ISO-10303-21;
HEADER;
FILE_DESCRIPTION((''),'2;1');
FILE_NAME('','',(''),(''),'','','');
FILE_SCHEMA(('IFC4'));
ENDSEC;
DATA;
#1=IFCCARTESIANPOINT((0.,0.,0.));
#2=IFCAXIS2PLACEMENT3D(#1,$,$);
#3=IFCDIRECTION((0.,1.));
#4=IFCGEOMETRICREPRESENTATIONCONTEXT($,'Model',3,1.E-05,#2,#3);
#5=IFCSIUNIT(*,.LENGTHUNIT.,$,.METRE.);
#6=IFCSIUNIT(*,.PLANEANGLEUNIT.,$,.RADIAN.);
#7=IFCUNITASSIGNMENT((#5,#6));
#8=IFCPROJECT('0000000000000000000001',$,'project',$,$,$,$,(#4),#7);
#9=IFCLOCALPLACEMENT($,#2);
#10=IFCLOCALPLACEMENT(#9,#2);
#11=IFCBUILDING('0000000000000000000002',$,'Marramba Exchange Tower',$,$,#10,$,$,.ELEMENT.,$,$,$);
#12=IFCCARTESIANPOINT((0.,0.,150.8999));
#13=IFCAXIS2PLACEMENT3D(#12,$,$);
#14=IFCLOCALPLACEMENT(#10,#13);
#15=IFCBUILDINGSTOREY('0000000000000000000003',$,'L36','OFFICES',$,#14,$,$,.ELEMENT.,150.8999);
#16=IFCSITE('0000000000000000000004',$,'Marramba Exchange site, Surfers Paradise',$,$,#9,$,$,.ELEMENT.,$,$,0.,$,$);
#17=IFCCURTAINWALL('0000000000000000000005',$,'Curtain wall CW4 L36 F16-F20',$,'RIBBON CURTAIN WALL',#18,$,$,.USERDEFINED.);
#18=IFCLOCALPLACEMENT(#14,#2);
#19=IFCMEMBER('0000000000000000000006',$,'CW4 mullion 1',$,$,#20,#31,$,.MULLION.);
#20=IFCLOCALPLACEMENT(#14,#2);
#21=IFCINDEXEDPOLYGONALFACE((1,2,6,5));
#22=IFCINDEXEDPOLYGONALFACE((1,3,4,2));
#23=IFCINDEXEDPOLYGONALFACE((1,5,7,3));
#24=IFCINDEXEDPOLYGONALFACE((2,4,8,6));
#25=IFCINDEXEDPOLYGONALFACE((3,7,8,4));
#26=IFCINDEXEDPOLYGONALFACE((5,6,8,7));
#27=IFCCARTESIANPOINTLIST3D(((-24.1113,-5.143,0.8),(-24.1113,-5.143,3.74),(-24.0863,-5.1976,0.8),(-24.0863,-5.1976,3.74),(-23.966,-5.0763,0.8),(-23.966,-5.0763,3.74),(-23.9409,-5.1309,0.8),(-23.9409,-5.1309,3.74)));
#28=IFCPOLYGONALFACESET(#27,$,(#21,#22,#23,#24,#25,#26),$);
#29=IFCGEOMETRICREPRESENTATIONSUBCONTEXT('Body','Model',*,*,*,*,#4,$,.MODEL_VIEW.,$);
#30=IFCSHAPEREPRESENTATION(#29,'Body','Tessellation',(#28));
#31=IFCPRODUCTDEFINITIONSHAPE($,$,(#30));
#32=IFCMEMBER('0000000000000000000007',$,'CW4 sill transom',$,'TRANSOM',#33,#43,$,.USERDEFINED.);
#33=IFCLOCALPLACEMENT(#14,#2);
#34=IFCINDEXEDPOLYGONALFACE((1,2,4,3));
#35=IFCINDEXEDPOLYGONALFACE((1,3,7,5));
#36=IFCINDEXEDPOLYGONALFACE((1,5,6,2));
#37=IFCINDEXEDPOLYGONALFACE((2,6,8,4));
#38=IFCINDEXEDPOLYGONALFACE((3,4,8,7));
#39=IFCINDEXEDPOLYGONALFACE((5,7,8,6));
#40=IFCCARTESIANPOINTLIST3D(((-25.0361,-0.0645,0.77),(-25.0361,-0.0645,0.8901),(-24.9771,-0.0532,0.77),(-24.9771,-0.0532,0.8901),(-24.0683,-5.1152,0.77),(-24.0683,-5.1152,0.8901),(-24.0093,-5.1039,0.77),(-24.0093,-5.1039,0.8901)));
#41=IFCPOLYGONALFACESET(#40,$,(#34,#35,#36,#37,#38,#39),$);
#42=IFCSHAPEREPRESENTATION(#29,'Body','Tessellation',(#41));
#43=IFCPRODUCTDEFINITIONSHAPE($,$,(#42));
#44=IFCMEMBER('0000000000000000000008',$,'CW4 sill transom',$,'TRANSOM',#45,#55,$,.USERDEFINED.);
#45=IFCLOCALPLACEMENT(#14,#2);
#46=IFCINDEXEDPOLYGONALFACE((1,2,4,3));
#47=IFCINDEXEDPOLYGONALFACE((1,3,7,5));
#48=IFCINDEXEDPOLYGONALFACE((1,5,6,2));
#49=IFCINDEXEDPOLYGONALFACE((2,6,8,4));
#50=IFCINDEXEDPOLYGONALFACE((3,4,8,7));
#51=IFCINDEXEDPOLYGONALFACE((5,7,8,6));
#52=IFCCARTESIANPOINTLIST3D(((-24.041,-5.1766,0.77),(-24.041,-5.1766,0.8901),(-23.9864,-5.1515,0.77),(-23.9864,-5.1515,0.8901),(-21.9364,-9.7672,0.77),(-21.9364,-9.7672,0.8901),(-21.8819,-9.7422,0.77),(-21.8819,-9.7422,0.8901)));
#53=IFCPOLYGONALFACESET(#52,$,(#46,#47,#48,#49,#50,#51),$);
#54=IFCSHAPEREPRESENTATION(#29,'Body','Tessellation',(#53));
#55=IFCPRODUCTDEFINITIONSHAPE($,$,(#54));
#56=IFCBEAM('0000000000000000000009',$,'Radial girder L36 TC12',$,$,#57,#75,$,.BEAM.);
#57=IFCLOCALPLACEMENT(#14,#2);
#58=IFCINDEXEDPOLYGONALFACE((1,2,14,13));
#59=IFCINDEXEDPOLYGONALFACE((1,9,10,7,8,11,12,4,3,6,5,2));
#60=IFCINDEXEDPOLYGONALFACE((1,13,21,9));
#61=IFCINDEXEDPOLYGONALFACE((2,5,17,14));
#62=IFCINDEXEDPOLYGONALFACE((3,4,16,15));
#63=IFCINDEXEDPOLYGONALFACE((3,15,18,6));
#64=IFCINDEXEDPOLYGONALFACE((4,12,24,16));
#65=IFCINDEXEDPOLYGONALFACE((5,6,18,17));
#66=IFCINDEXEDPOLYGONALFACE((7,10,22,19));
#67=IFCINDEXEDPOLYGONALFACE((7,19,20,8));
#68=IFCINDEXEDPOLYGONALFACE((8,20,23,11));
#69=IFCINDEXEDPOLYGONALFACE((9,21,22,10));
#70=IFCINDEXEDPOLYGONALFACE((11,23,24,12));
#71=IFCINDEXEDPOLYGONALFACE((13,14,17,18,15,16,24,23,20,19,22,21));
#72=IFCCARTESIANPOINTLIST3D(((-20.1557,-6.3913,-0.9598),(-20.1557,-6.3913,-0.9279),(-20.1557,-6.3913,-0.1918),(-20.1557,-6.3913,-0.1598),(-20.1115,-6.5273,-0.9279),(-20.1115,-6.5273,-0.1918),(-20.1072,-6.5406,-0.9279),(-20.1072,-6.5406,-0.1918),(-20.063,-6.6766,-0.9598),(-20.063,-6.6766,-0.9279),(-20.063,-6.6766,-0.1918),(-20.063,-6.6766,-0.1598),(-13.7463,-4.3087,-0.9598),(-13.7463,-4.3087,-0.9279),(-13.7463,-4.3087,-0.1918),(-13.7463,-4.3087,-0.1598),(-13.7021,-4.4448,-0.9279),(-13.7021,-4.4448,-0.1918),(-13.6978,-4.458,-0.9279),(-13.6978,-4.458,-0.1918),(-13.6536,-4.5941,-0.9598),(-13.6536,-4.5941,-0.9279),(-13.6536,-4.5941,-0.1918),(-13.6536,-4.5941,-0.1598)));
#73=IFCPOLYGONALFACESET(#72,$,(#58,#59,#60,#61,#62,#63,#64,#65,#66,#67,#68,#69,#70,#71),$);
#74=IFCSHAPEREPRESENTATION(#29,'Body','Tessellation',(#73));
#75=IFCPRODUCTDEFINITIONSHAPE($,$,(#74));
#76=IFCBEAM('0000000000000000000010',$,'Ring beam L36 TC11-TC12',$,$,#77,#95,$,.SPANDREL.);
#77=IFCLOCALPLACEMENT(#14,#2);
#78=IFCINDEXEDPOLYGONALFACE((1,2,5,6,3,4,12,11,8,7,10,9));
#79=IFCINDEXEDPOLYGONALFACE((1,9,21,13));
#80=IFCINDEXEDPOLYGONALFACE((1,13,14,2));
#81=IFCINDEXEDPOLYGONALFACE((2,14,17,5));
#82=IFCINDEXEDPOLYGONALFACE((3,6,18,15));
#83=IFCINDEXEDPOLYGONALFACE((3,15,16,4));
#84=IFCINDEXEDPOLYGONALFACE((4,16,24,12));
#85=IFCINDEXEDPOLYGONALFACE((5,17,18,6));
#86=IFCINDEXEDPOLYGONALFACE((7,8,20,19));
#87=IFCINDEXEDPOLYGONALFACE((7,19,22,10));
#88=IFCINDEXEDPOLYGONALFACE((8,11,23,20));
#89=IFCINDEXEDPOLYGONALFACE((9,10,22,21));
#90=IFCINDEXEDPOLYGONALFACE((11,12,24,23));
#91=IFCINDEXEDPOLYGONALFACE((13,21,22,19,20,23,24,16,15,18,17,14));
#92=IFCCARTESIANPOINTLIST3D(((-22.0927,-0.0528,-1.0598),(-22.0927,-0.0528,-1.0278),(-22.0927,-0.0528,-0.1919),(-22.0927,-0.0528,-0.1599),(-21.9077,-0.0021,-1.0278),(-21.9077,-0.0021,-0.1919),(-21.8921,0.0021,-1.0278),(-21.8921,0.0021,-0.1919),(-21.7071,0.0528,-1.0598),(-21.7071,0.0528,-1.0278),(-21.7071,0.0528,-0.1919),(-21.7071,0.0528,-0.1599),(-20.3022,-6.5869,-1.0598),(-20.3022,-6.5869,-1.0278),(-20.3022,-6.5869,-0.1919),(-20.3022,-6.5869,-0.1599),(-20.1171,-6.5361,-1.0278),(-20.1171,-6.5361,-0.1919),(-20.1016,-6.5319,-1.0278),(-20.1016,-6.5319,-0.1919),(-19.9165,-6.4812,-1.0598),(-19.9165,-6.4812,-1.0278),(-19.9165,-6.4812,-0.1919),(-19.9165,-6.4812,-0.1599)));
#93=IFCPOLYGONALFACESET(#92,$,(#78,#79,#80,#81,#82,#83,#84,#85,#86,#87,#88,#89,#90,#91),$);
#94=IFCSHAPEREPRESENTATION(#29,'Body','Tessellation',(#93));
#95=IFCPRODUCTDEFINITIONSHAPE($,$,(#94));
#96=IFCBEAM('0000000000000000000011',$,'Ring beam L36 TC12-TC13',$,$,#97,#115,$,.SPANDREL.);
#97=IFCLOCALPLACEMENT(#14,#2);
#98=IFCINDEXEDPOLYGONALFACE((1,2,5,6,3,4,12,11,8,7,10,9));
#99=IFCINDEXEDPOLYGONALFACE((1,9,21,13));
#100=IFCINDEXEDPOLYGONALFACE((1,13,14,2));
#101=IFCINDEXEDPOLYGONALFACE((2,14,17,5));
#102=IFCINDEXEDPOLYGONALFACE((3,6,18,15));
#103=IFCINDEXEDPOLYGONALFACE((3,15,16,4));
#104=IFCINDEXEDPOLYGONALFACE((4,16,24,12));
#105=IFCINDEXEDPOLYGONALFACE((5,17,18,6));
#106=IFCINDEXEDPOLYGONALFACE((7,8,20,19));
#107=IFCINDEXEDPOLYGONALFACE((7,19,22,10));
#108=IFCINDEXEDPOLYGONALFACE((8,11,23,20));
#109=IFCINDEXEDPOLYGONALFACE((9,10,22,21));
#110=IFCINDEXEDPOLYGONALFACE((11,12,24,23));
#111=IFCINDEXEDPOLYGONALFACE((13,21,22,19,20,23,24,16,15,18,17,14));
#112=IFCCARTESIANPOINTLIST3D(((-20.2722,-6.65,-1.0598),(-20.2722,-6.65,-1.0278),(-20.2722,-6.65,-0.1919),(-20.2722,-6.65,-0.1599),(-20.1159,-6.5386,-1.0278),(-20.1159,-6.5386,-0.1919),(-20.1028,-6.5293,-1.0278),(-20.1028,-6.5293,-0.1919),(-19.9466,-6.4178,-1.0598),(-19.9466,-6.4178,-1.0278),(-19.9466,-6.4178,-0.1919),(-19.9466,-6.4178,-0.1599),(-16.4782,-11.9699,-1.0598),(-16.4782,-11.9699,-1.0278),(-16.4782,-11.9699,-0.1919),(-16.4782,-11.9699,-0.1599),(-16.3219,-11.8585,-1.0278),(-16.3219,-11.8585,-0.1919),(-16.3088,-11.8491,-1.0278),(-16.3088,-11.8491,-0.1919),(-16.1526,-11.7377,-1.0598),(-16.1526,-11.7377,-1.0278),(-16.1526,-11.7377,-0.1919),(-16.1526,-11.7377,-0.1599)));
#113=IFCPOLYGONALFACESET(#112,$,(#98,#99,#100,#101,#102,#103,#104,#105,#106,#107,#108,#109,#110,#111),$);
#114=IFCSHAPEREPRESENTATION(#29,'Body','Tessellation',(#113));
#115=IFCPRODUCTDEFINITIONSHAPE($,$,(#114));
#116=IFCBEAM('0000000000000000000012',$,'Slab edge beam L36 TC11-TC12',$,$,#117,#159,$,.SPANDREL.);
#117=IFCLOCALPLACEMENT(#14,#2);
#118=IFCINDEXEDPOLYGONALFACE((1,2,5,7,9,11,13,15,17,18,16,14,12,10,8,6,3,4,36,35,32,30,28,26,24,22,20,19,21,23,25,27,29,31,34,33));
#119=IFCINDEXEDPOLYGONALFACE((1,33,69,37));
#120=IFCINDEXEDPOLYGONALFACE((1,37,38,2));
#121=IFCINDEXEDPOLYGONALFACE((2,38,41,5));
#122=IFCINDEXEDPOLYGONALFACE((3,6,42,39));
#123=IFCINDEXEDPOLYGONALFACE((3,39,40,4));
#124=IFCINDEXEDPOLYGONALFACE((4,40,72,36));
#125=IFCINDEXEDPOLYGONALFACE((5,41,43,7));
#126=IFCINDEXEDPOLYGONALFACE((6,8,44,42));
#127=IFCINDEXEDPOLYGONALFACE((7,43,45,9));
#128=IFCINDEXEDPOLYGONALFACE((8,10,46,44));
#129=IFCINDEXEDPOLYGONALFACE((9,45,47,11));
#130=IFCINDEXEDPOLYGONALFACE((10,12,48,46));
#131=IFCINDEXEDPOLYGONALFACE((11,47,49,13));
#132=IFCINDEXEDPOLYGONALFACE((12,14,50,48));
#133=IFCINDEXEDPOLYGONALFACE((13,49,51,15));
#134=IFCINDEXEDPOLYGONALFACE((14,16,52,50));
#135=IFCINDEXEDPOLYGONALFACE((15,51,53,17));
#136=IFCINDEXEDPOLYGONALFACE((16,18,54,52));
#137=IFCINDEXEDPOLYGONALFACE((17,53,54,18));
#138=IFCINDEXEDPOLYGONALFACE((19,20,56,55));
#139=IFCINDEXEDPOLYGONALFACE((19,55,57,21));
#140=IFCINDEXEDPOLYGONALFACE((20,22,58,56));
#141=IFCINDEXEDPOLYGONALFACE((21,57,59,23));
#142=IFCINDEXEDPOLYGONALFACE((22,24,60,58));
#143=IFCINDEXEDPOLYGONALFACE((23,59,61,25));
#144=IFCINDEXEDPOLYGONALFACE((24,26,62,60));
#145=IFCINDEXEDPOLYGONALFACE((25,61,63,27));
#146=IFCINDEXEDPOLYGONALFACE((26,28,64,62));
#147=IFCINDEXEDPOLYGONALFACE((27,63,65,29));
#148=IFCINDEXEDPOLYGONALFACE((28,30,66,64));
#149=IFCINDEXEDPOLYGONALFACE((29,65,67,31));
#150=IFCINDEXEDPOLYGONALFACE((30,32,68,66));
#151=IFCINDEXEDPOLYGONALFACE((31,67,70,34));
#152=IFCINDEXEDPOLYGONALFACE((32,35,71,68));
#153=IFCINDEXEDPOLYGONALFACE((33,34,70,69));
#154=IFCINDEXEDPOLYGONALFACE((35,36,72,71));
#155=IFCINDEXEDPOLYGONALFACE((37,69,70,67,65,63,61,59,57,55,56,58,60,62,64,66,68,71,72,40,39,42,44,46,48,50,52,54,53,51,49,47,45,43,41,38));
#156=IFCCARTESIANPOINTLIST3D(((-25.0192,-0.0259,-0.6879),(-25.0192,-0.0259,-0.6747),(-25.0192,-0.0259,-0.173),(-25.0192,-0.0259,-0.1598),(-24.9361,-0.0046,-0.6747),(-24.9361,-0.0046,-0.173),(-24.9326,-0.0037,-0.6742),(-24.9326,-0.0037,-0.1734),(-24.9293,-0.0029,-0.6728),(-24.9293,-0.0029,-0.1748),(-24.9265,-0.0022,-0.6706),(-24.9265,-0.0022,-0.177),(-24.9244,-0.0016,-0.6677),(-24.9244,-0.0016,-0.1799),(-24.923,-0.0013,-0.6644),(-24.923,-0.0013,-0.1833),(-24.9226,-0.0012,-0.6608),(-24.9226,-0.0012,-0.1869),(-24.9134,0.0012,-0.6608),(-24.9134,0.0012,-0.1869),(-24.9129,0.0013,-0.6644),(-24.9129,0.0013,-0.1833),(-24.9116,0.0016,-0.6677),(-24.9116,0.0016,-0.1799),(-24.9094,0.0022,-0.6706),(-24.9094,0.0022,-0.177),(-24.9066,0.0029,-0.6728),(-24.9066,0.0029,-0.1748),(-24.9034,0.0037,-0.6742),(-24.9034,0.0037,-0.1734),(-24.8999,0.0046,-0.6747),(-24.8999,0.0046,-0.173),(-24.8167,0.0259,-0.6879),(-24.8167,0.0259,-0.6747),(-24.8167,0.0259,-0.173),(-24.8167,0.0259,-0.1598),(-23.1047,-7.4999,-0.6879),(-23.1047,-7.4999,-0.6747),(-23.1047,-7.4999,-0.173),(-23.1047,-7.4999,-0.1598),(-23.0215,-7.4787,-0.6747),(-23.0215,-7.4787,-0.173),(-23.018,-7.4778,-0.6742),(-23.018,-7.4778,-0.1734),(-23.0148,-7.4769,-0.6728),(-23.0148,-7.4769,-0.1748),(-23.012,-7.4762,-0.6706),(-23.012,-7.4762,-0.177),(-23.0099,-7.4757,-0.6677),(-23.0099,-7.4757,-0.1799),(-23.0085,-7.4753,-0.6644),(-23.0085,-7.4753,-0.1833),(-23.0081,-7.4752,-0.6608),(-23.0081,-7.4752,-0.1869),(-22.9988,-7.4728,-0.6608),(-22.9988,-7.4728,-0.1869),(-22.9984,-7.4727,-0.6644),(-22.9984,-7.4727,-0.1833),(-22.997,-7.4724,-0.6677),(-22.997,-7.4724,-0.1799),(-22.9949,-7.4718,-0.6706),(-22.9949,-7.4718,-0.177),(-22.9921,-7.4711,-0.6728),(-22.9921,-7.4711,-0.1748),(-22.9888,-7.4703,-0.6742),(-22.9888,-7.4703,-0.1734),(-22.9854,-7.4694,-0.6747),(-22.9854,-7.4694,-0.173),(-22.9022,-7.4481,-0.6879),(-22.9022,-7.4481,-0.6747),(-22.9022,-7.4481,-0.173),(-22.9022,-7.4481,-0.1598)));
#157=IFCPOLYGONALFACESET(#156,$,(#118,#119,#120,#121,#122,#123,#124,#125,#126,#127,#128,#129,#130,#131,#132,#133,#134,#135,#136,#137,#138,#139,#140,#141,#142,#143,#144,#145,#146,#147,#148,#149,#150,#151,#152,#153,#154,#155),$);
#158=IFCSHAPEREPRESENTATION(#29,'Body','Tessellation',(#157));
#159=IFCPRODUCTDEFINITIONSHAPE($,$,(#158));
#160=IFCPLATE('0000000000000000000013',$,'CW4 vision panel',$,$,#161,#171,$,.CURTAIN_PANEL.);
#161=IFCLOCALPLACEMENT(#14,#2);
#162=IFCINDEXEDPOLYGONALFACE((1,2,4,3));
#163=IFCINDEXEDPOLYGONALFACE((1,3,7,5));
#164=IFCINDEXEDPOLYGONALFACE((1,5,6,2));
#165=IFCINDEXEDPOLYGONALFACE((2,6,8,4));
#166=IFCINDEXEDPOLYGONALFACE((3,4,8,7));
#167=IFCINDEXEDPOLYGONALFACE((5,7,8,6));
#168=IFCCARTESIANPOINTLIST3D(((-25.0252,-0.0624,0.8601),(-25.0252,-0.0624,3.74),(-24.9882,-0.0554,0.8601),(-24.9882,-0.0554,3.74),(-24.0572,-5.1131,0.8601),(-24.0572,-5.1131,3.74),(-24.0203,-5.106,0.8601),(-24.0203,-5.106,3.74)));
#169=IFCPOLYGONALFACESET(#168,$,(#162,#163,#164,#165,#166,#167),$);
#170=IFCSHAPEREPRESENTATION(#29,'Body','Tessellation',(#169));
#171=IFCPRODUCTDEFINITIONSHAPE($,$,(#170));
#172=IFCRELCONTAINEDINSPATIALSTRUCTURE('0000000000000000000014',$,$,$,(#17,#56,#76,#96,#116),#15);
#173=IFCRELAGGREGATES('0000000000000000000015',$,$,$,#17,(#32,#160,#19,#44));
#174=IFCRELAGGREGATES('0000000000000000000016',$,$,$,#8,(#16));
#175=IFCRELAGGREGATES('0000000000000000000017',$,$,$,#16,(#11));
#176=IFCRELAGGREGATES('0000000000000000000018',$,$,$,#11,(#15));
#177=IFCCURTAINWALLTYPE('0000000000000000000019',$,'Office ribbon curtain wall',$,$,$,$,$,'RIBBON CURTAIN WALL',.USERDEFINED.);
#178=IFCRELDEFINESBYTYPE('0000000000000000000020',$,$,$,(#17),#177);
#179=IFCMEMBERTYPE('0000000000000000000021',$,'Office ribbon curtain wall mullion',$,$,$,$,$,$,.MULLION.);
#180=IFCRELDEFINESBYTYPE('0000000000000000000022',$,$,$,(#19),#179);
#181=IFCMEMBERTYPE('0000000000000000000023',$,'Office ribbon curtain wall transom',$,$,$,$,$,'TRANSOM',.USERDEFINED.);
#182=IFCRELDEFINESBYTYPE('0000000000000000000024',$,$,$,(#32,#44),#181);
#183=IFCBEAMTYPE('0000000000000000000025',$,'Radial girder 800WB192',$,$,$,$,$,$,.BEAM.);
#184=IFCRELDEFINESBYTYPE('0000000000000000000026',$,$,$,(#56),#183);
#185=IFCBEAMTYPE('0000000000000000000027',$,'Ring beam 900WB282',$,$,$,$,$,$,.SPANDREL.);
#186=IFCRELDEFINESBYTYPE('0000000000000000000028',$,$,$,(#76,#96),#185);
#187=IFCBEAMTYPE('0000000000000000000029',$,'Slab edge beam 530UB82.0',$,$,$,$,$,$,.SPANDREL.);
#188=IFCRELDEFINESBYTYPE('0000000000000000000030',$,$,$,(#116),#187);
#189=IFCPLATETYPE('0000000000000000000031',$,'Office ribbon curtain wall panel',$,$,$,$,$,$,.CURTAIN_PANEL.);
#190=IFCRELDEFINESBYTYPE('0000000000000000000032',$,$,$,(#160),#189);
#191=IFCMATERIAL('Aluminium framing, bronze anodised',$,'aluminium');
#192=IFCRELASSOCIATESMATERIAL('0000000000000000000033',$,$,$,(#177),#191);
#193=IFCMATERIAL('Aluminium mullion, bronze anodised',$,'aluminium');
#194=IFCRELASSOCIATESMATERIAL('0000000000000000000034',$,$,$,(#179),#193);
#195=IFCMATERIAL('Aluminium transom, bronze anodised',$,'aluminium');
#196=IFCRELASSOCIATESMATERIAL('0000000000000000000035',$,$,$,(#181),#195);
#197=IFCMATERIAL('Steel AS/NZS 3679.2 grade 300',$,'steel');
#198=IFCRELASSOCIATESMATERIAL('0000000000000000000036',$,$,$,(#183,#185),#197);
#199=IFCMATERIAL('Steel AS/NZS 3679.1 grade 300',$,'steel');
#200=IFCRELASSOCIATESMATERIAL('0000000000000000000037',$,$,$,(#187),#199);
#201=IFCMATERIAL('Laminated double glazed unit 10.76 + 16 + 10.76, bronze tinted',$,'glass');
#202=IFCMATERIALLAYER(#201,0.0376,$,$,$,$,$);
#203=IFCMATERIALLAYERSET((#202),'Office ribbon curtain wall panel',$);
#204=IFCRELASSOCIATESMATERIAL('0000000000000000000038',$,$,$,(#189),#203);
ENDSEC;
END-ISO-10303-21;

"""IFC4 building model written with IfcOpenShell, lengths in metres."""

from ifc_helpers import new_model, si_unit, direction, frame, origin, origin_2d, place, context, subcontext, project, spatial, rectangle, i_section, extrude, material, layer, layer_set, material_profile, profile_set, type_object, element, aggregate, save


model = new_model("IFC4")

# Units and contexts
model_context = context("Model", 3, precision=1e-05, world=origin(), true_north=direction((0.0, 1.0)))
body_context = subcontext(model_context, "Body", "Model", "MODEL_VIEW")
ifc_project = project(units=[si_unit("LENGTHUNIT", "METRE"), si_unit("PLANEANGLEUNIT", "RADIAN")], contexts=[model_context])

# Site, building, storey
site_placement = place(None, origin())
site = spatial("IfcSite", under=ifc_project, at=site_placement, Name="Marramba Exchange site, Surfers Paradise", CompositionType="ELEMENT", RefElevation=0.0)
building_placement = place(site_placement, origin())
building = spatial("IfcBuilding", under=site, at=building_placement, Name="Marramba Exchange Tower", CompositionType="ELEMENT")
storey_placement = place(building_placement, frame((0.0, 0.0, 150.8999)))
storey = spatial("IfcBuildingStorey", under=building, at=storey_placement, Name="L36", Description="OFFICES", CompositionType="ELEMENT", Elevation=150.8999)

# Shared definitions
ifc_material_1 = material(Name="Steel AS/NZS 3679.2 grade 300", Category="steel")
ifc_material_2 = material(Name="Steel AS/NZS 3679.1 grade 300", Category="steel")

# Curtain wall, members
ifc_material_3 = material(Name="Aluminium framing, bronze anodised", Category="aluminium")
curtain_wall_type = type_object("IfcCurtainWallType", Name="Office ribbon curtain wall", ElementType="RIBBON CURTAIN WALL", PredefinedType="USERDEFINED", material=ifc_material_3)
curtain_wall_placement = place(storey_placement, origin())
curtain_wall = element("IfcCurtainWall", 1, at=curtain_wall_placement, inside=storey, type_object=curtain_wall_type, Name="Curtain wall CW4 L36 F16-F20", ObjectType="RIBBON CURTAIN WALL", PredefinedType="USERDEFINED")
ifc_material_4 = material(Name="Aluminium mullion, bronze anodised", Category="aluminium")
ifc_material_profile_1 = material_profile(ifc_material_4, rectangle(XDim=0.1599, YDim=0.0601, at=origin_2d()), Name="CW4 mullion 60x160")
ifc_profile_set_1 = profile_set([ifc_material_profile_1], Name="Aluminium mullion, bronze anodised")
member_type_1 = type_object("IfcMemberType", Name="Office ribbon curtain wall mullion", PredefinedType="MULLION", material=ifc_profile_set_1)
member_1_placement = place(storey_placement, frame((-24.0261, -5.137, 0.8), z_axis=(0.0, 0.0, 1.0), x_axis=(0.909027, 0.416738, 0.0)))
member_1 = element("IfcMember", 2, at=member_1_placement, type_object=member_type_1, Name="CW4 mullion 1", PredefinedType="MULLION", context=body_context, shape_type="SweptSolid", body=[
    extrude(rectangle(XDim=0.1599, YDim=0.0601, at=origin_2d()), origin(), (0.0, 0.0, 1.0), 2.9399),
])
ifc_material_5 = material(Name="Aluminium transom, bronze anodised", Category="aluminium")
ifc_material_profile_2 = material_profile(ifc_material_5, rectangle(XDim=0.0601, YDim=0.1201, at=origin_2d()), Name="CW4 transom 60x120")
ifc_profile_set_2 = profile_set([ifc_material_profile_2], Name="Aluminium transom, bronze anodised")
member_type_2 = type_object("IfcMemberType", Name="Office ribbon curtain wall transom", ElementType="TRANSOM", PredefinedType="USERDEFINED", material=ifc_profile_set_2)
member_2_placement = place(storey_placement, frame((-25.0066, -0.0588, 0.8301), z_axis=(0.188185, -0.982134, 0.0), x_axis=(0.982134, 0.188185, 0.0)))
member_2 = element("IfcMember", 3, at=member_2_placement, type_object=member_type_2, Name="CW4 sill transom", ObjectType="TRANSOM", PredefinedType="USERDEFINED", context=body_context, shape_type="SweptSolid", body=[
    extrude(rectangle(XDim=0.0601, YDim=0.1201, at=origin_2d()), origin(), (0.0, 0.0, 1.0), 5.1426),
])
member_3_placement = place(storey_placement, frame((-24.0137, -5.1641, 0.8301), z_axis=(0.416733, -0.909029, 0.0), x_axis=(0.909029, 0.416733, 0.0)))
member_3 = element("IfcMember", 4, at=member_3_placement, type_object=member_type_2, Name="CW4 sill transom", ObjectType="TRANSOM", PredefinedType="USERDEFINED", context=body_context, shape_type="SweptSolid", body=[
    extrude(rectangle(XDim=0.0601, YDim=0.1201, at=origin_2d()), origin(), (0.0, 0.0, 1.0), 5.05),
])

# Beams
ifc_material_profile_3 = material_profile(ifc_material_1, i_section(OverallWidth=0.3, OverallDepth=0.8, WebThickness=0.0139, FlangeThickness=0.032, at=origin_2d()), Name="800WB192")
ifc_profile_set_3 = profile_set([ifc_material_profile_3], Name="Steel AS/NZS 3679.2 grade 300")
beam_type_1 = type_object("IfcBeamType", Name="Radial girder 800WB192", PredefinedType="BEAM", material=ifc_profile_set_3)
beam_1_placement = place(storey_placement, frame((-13.7, -4.4514, -0.5598), z_axis=(-0.951058, -0.309013, 0.0), x_axis=(0.309013, -0.951058, 0.0)))
element("IfcBeam", 5, at=beam_1_placement, inside=storey, type_object=beam_type_1, Name="Radial girder L36 TC12", PredefinedType="BEAM", context=body_context, shape_type="SweptSolid", body=[
    extrude(i_section(OverallWidth=0.3, OverallDepth=0.8, WebThickness=0.0139, FlangeThickness=0.032, at=origin_2d()), origin(), (0.0, 0.0, 1.0), 6.7393),
])
ifc_material_profile_4 = material_profile(ifc_material_1, i_section(OverallWidth=0.3999, OverallDepth=0.8999, WebThickness=0.0161, FlangeThickness=0.032, at=origin_2d()), Name="900WB282")
ifc_profile_set_4 = profile_set([ifc_material_profile_4], Name="Steel AS/NZS 3679.2 grade 300")
beam_type_2 = type_object("IfcBeamType", Name="Ring beam 900WB282", PredefinedType="SPANDREL", material=ifc_profile_set_4)
beam_2_placement = place(storey_placement, frame((-21.8999, 0.0, -0.6099), z_axis=(0.264291, -0.964443, 0.0), x_axis=(0.964443, 0.264291, 0.0)))
element("IfcBeam", 6, at=beam_2_placement, inside=storey, type_object=beam_type_2, Name="Ring beam L36 TC11-TC12", PredefinedType="SPANDREL", context=body_context, shape_type="SweptSolid", body=[
    extrude(i_section(OverallWidth=0.3999, OverallDepth=0.8999, WebThickness=0.0161, FlangeThickness=0.032, at=origin_2d()), origin(), (0.0, 0.0, 1.0), 6.7749),
])
beam_3_placement = place(storey_placement, frame((-20.1094, -6.5339, -0.6099), z_axis=(0.580637, -0.814162, 0.0), x_axis=(0.814162, 0.580637, 0.0)))
element("IfcBeam", 7, at=beam_3_placement, inside=storey, type_object=beam_type_2, Name="Ring beam L36 TC12-TC13", PredefinedType="SPANDREL", context=body_context, shape_type="SweptSolid", body=[
    extrude(i_section(OverallWidth=0.3999, OverallDepth=0.8999, WebThickness=0.0161, FlangeThickness=0.032, at=origin_2d()), origin(), (0.0, 0.0, 1.0), 6.5342),
])
ifc_material_profile_5 = material_profile(ifc_material_2, i_section(OverallWidth=0.209, OverallDepth=0.5281, WebThickness=0.0095, FlangeThickness=0.0132, FilletRadius=0.0139, at=origin_2d()), Name="530UB82.0")
ifc_profile_set_5 = profile_set([ifc_material_profile_5], Name="Steel AS/NZS 3679.1 grade 300")
beam_type_3 = type_object("IfcBeamType", Name="Slab edge beam 530UB82.0", PredefinedType="SPANDREL", material=ifc_profile_set_5)
beam_4_placement = place(storey_placement, frame((-24.918, 0.0, -0.4238), z_axis=(0.248145, -0.968723, 0.0), x_axis=(0.968723, 0.248145, 0.0)))
element("IfcBeam", 8, at=beam_4_placement, inside=storey, type_object=beam_type_3, Name="Slab edge beam L36 TC11-TC12", PredefinedType="SPANDREL", context=body_context, shape_type="SweptSolid", body=[
    extrude(i_section(OverallWidth=0.209, OverallDepth=0.5281, WebThickness=0.0095, FlangeThickness=0.0132, FilletRadius=0.0139, at=origin_2d()), origin(), (0.0, 0.0, 1.0), 7.7153),
])

# Plate
ifc_material_6 = material(Name="Laminated double glazed unit 10.76 + 16 + 10.76, bronze tinted", Category="glass")
ifc_layer_1 = layer(ifc_material_6, 0.0376)
ifc_layer_set_1 = layer_set([ifc_layer_1], Name="Office ribbon curtain wall panel")
plate_type = type_object("IfcPlateType", Name="Office ribbon curtain wall panel", PredefinedType="CURTAIN_PANEL", material=ifc_layer_set_1)
plate_placement = place(storey_placement, frame((-24.5227, -2.5842, 0.8601), z_axis=(0.0, 0.0, 1.0), x_axis=(0.188227, -0.982126, 0.0)))
plate = element("IfcPlate", 9, at=plate_placement, type_object=plate_type, Name="CW4 vision panel", PredefinedType="CURTAIN_PANEL", context=body_context, shape_type="SweptSolid", body=[
    extrude(rectangle(XDim=5.1426, YDim=0.0376, at=origin_2d()), origin(), (0.0, 0.0, 1.0), 2.8799),
])
aggregate(curtain_wall, [member_2, plate, member_1, member_3])

save(model, "model.ifc")
